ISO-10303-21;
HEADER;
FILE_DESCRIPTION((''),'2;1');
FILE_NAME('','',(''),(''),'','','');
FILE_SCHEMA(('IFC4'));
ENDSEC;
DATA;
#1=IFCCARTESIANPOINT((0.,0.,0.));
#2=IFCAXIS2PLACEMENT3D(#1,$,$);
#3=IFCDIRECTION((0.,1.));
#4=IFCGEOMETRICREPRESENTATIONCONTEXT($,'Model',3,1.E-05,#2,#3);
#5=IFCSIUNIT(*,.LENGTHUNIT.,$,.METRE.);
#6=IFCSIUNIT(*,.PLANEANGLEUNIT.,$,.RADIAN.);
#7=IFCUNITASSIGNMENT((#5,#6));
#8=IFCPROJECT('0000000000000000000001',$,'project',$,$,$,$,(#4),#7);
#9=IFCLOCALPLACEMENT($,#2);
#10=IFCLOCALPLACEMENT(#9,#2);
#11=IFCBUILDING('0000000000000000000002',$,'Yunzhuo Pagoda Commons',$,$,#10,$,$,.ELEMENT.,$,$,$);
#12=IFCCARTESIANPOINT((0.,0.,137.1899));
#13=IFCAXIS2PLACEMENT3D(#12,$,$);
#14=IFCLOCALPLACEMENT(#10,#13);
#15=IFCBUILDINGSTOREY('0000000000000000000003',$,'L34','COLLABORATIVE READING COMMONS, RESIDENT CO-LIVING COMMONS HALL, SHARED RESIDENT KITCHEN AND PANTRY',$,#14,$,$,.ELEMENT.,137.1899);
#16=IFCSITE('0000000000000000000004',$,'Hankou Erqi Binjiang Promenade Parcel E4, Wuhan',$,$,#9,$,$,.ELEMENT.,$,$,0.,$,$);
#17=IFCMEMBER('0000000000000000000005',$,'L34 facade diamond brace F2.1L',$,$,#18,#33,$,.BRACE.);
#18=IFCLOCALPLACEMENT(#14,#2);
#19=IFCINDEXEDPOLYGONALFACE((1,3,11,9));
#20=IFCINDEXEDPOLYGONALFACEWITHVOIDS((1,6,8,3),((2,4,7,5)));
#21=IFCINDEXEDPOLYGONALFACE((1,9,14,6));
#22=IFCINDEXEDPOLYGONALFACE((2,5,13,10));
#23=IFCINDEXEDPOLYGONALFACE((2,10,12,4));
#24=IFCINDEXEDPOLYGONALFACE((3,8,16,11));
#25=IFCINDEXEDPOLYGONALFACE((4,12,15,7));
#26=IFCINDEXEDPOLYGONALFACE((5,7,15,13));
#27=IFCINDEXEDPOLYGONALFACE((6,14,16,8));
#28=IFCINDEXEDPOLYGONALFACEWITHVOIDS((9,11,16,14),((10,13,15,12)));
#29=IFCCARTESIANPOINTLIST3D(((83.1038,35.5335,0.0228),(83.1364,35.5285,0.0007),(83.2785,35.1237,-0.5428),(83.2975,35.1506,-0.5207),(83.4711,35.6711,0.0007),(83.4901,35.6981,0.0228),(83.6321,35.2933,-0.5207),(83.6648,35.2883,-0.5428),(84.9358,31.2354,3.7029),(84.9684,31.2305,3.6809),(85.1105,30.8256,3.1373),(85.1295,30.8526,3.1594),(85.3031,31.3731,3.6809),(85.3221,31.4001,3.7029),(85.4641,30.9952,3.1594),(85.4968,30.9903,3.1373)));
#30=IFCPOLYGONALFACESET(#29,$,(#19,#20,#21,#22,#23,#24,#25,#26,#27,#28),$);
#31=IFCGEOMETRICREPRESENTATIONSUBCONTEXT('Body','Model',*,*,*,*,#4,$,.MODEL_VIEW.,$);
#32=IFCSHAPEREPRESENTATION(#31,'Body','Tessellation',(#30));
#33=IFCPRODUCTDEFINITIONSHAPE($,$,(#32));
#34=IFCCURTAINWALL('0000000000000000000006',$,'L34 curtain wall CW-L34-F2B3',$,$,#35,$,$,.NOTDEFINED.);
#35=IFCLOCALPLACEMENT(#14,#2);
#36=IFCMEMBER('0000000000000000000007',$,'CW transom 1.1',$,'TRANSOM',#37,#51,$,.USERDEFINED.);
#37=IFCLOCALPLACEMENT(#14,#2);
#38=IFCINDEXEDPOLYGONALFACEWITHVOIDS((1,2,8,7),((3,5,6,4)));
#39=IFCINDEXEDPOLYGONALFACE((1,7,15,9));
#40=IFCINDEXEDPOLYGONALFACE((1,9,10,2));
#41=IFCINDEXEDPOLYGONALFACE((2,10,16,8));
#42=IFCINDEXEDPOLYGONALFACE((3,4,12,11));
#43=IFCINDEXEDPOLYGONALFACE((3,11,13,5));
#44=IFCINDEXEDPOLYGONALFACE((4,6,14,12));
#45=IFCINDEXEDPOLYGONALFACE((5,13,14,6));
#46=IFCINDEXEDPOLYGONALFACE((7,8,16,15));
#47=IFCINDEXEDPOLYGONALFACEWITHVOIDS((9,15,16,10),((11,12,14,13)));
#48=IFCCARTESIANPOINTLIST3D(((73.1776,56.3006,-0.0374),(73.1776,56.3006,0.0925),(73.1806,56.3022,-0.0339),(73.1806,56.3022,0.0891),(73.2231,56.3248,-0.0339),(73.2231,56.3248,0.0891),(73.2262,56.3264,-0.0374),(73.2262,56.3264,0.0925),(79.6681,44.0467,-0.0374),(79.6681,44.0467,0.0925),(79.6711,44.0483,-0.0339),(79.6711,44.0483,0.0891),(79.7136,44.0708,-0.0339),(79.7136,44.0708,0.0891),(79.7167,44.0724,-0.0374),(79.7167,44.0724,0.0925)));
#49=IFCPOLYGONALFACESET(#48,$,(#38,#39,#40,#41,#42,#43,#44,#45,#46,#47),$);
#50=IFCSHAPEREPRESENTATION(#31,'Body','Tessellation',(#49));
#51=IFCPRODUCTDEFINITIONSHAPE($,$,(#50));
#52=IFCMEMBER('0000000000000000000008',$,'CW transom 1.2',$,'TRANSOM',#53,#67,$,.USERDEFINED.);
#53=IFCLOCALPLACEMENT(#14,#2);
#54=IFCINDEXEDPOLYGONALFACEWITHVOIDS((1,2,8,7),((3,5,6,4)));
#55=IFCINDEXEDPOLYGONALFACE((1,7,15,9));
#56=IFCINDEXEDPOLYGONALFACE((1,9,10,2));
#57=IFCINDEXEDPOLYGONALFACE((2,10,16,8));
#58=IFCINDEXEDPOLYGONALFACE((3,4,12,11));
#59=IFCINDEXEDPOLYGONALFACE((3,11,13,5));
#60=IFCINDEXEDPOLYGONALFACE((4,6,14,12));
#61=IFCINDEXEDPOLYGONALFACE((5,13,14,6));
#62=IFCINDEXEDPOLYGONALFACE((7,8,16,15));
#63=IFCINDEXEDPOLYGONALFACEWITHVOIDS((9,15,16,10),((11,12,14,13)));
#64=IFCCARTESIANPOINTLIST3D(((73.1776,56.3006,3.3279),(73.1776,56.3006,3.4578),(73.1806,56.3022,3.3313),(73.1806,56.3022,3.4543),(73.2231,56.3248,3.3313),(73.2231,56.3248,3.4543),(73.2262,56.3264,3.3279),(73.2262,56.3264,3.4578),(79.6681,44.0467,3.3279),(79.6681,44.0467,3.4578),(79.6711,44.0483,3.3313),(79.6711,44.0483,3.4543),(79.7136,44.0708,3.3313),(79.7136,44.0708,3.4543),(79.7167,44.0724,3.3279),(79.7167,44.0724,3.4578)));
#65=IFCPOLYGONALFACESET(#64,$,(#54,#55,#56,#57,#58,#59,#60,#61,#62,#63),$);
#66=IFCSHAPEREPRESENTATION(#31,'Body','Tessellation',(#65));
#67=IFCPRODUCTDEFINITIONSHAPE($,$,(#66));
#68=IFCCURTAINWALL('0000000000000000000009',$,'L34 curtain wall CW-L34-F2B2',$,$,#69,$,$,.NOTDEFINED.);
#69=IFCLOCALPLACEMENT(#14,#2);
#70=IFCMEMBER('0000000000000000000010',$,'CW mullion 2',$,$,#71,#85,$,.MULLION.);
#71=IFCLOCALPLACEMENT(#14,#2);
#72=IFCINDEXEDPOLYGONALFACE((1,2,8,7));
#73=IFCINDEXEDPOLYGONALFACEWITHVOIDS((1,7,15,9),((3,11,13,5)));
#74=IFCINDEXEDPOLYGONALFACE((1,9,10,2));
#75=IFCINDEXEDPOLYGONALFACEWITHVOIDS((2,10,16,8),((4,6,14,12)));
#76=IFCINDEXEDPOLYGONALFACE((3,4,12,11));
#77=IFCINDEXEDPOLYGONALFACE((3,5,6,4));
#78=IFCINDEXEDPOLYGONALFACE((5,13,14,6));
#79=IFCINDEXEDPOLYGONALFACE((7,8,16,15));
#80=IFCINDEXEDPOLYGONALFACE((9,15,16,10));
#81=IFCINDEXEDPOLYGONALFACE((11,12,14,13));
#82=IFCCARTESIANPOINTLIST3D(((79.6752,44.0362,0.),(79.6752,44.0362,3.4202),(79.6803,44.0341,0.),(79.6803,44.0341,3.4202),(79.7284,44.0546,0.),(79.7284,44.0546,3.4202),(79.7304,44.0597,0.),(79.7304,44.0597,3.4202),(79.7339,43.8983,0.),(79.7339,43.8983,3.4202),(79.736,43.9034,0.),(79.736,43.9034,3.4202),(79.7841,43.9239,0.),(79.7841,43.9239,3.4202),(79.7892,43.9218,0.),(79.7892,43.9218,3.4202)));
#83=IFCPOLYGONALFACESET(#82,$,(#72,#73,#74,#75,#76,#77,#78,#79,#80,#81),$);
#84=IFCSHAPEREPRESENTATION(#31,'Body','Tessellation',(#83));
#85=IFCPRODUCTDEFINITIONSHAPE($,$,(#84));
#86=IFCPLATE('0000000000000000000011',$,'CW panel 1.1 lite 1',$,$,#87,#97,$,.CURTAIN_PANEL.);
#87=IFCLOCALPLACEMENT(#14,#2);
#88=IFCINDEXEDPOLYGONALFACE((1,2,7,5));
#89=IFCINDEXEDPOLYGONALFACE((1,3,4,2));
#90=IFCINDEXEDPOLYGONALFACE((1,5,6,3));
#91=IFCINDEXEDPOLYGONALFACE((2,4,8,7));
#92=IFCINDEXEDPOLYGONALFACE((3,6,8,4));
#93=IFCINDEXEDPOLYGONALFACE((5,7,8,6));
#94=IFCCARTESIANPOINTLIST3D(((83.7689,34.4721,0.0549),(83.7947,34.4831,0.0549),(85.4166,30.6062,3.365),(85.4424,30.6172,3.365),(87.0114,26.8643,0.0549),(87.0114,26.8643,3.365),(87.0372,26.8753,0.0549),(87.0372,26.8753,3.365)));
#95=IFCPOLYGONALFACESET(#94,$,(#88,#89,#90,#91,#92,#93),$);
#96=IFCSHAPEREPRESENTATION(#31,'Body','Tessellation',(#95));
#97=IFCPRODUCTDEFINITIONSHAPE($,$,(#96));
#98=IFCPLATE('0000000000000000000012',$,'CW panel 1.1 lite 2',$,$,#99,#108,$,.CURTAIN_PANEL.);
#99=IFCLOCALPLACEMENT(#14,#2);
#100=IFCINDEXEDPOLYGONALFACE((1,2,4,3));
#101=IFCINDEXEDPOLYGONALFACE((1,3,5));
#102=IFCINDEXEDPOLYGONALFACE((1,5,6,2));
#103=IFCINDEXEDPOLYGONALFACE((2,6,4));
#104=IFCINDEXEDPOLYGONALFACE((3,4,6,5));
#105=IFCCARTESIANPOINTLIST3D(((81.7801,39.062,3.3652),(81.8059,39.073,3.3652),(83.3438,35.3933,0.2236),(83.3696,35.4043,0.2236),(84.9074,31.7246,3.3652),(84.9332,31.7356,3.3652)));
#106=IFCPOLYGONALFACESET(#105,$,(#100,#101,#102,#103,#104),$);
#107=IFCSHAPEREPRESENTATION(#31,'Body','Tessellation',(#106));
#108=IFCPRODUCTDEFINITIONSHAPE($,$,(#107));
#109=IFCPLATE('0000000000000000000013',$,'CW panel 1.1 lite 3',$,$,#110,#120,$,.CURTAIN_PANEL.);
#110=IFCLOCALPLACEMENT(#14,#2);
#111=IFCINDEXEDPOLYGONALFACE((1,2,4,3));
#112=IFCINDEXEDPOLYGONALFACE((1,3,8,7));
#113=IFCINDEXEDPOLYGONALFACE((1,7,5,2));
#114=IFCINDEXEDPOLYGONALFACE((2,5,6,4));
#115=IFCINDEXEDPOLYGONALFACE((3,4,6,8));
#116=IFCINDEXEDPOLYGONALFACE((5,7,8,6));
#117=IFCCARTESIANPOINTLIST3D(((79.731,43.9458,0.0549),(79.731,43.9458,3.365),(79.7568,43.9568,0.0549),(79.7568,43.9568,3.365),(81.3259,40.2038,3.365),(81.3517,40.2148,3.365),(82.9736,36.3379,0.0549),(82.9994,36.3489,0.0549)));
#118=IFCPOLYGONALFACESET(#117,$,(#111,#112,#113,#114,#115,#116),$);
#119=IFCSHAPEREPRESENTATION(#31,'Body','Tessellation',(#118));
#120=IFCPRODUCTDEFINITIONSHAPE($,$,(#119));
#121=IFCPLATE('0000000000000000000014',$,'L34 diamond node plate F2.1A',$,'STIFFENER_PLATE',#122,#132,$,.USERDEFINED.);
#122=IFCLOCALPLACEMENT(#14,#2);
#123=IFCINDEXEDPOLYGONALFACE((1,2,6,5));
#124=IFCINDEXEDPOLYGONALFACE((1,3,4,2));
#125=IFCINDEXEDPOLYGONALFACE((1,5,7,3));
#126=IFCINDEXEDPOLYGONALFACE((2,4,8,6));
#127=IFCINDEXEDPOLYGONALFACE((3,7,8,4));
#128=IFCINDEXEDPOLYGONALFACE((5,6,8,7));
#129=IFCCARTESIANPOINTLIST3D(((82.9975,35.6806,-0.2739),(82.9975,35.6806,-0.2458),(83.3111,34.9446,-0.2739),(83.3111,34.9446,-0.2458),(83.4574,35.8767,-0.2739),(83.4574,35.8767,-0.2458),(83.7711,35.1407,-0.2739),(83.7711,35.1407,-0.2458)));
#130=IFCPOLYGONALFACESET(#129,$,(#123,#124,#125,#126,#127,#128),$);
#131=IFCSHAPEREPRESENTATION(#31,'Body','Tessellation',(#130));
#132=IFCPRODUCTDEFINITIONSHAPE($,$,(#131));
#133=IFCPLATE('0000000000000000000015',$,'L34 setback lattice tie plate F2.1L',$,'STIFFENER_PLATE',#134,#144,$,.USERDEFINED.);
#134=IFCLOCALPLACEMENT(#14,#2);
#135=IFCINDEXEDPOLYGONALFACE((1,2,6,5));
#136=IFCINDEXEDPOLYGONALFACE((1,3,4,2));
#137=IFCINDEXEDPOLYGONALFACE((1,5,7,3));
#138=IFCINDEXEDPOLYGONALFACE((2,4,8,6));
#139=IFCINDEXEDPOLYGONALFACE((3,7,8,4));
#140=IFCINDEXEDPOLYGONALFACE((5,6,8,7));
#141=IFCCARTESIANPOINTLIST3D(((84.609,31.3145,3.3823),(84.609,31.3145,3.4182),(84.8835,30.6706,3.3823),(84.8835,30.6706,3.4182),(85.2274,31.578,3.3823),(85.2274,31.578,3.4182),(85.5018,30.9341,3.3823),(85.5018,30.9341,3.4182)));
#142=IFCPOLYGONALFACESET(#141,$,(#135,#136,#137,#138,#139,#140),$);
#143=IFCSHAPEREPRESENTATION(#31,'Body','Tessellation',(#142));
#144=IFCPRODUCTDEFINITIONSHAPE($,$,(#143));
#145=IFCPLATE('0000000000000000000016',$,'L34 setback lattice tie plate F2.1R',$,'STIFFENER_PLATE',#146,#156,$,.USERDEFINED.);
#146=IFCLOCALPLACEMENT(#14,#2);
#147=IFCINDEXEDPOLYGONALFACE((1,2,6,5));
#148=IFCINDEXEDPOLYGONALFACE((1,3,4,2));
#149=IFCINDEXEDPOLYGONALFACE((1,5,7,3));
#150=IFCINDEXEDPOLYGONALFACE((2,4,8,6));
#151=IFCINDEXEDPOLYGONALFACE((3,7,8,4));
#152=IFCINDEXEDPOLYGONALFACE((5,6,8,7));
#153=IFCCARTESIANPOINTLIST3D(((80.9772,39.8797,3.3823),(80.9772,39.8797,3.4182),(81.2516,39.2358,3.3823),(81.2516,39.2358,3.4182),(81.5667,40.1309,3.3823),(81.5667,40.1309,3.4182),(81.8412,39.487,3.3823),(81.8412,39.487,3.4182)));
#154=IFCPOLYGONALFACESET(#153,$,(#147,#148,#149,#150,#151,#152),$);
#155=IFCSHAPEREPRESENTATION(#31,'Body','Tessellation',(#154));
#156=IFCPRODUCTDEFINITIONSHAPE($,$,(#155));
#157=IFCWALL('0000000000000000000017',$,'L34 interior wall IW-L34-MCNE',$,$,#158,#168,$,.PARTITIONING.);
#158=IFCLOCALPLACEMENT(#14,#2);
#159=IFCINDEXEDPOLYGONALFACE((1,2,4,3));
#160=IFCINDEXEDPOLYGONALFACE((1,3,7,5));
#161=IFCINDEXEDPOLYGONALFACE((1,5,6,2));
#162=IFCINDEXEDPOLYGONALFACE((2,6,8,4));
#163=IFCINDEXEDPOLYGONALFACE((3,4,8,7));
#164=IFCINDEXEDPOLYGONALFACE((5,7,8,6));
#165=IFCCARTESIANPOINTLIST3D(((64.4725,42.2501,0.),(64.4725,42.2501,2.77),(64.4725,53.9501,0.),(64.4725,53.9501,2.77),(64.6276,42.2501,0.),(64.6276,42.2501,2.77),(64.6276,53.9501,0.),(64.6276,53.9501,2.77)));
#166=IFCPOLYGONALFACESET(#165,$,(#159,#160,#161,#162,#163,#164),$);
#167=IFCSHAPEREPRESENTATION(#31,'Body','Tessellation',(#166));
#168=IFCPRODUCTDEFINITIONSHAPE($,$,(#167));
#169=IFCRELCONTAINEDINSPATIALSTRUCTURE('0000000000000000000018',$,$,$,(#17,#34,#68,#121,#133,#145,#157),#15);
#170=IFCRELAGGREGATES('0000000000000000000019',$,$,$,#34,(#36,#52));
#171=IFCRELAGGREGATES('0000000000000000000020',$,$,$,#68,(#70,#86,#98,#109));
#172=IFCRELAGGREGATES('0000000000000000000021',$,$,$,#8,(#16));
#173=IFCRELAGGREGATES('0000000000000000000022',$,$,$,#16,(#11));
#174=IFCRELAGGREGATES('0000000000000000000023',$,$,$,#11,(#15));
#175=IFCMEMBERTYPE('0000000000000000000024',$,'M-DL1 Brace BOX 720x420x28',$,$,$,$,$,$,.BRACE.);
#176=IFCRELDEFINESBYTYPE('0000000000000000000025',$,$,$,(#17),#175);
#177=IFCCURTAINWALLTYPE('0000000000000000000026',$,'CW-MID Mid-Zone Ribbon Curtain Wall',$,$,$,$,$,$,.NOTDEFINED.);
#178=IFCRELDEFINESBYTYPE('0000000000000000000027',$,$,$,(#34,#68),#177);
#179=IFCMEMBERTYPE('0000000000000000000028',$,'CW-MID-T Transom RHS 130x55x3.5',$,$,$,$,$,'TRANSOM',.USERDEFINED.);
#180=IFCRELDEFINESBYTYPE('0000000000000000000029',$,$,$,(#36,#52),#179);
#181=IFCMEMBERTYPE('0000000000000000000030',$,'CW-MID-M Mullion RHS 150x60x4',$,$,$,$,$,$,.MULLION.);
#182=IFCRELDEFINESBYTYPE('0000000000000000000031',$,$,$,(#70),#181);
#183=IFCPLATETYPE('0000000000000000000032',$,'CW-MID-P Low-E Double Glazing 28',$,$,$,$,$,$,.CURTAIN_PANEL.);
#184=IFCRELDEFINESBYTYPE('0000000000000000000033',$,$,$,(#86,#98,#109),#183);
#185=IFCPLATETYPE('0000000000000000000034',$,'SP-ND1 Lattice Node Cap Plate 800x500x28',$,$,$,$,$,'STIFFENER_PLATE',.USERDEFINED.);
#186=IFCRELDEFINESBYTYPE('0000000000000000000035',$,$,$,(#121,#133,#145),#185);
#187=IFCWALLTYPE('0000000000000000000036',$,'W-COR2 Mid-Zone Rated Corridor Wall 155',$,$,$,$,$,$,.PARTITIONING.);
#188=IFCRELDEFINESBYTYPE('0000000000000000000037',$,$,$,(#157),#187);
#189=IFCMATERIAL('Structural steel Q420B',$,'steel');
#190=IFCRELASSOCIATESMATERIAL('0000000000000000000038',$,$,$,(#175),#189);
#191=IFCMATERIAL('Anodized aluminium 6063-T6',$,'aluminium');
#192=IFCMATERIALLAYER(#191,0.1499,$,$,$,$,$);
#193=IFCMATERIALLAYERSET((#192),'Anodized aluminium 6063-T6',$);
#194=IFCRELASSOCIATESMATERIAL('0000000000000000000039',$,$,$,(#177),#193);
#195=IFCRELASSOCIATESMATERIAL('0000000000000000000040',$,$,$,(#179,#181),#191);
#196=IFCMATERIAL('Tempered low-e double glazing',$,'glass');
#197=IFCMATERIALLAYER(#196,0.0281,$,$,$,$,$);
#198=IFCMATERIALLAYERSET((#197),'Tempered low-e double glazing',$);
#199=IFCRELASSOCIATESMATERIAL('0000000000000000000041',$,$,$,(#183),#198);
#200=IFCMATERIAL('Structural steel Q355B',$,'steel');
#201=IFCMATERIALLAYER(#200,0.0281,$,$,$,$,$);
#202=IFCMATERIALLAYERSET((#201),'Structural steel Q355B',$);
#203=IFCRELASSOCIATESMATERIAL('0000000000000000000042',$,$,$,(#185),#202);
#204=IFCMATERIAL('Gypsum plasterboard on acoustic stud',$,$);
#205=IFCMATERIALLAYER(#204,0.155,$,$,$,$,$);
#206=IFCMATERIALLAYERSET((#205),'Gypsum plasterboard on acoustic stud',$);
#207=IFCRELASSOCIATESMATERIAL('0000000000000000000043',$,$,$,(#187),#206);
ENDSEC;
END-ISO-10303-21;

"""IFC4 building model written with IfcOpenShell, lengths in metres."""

from ifc_helpers import new_model, si_unit, direction, frame, frame_2d, origin, origin_2d, place, context, subcontext, project, spatial, polyline, rectangle, hollow_rectangle, outline, extrude, source, transform, mapped, material, layer, layer_set, material_profile, profile_set, type_object, element, aggregate, save


model = new_model("IFC4")

# Units and contexts
model_context = context("Model", 3, precision=1e-05, world=origin(), true_north=direction((0.0, 1.0)))
body_context = subcontext(model_context, "Body", "Model", "MODEL_VIEW")
ifc_project = project(units=[si_unit("LENGTHUNIT", "METRE"), si_unit("PLANEANGLEUNIT", "RADIAN")], contexts=[model_context])

# Site, building, storey
site_placement = place(None, origin())
site = spatial("IfcSite", under=ifc_project, at=site_placement, Name="Hankou Erqi Binjiang Promenade Parcel E4, Wuhan", CompositionType="ELEMENT", RefElevation=0.0)
building_placement = place(site_placement, origin())
building = spatial("IfcBuilding", under=site, at=building_placement, Name="Yunzhuo Pagoda Commons", CompositionType="ELEMENT")
storey_placement = place(building_placement, frame((0.0, 0.0, 137.1899)))
storey = spatial("IfcBuildingStorey", under=building, at=storey_placement, Name="L34", Description="COLLABORATIVE READING COMMONS, RESIDENT CO-LIVING COMMONS HALL, SHARED RESIDENT KITCHEN AND PANTRY", CompositionType="ELEMENT", Elevation=137.1899)

# Shared definitions
ifc_material_1 = material(Name="Structural steel Q420B", Category="steel")

# Shared definitions
ifc_material_2 = material(Name="Structural steel Q355B", Category="steel")

# Member
ifc_material_profile_1 = material_profile(ifc_material_1, hollow_rectangle(XDim=0.4199, YDim=0.72, WallThickness=0.0281, at=origin_2d()), Name="Structural steel Q420B")
ifc_profile_set_1 = profile_set([ifc_material_profile_1], Name="Structural steel Q420B")
member_type_1 = type_object("IfcMemberType", Name="M-DL1 Brace BOX 720x420x28", PredefinedType="BRACE", material=ifc_profile_set_1)
shared_shape_1 = source(origin(), body_context, "Body", "SweptSolid", [
    extrude(hollow_rectangle(XDim=0.4199, YDim=0.72, WallThickness=0.0281, at=origin_2d()), origin(), (0.0, 0.0, 1.0), 5.9475),
])
member_1_placement = place(storey_placement, frame((83.3843, 35.4109, -0.26), z_axis=(0.30803, -0.722663, 0.618769), x_axis=(0.919919, 0.392109, 0.0)))
element("IfcMember", 1, at=member_1_placement, inside=storey, type_object=member_type_1, Name="L34 facade diamond brace F2.1L", PredefinedType="BRACE", context=body_context, shape_type="MappedRepresentation", body=[
    mapped(shared_shape_1, transform((0.0, 0.0, 0.0), scale=1.0)),
])

# Curtain wall, members
ifc_material_3 = material(Name="Anodized aluminium 6063-T6", Category="aluminium")
ifc_layer_1 = layer(ifc_material_3, 0.1499)
ifc_layer_set_1 = layer_set([ifc_layer_1], Name="Anodized aluminium 6063-T6")
curtain_wall_type = type_object("IfcCurtainWallType", Name="CW-MID Mid-Zone Ribbon Curtain Wall", PredefinedType="NOTDEFINED", material=ifc_layer_set_1)
curtain_wall_1_placement = place(storey_placement, origin())
curtain_wall_1 = element("IfcCurtainWall", 2, at=curtain_wall_1_placement, inside=storey, type_object=curtain_wall_type, Name="L34 curtain wall CW-L34-F2B3", PredefinedType="NOTDEFINED")
ifc_material_profile_2 = material_profile(ifc_material_3, hollow_rectangle(XDim=0.0549, YDim=0.1299, WallThickness=0.0034, at=origin_2d()), Name="Anodized aluminium 6063-T6")
ifc_profile_set_2 = profile_set([ifc_material_profile_2], Name="Anodized aluminium 6063-T6")
member_type_2 = type_object("IfcMemberType", Name="CW-MID-T Transom RHS 130x55x3.5", ElementType="TRANSOM", PredefinedType="USERDEFINED", material=ifc_profile_set_2)
shared_shape_2 = source(origin(), body_context, "Body", "SweptSolid", [
    extrude(hollow_rectangle(XDim=0.0549, YDim=0.1299, WallThickness=0.0034, at=origin_2d()), origin(), (0.0, 0.0, 1.0), 13.8667),
])
member_2_placement = place(storey_placement, frame((79.6924, 44.0596, 0.0276), z_axis=(-0.468063, 0.883695, 0.0), x_axis=(-0.883695, -0.468063, 0.0)))
member_2 = element("IfcMember", 3, at=member_2_placement, type_object=member_type_2, Name="CW transom 1.1", ObjectType="TRANSOM", PredefinedType="USERDEFINED", context=body_context, shape_type="MappedRepresentation", body=[
    mapped(shared_shape_2, transform((0.0, 0.0, 0.0), scale=1.0)),
])
member_3_placement = place(storey_placement, frame((79.6924, 44.0596, 3.3928), z_axis=(-0.468063, 0.883695, 0.0), x_axis=(-0.883695, -0.468063, 0.0)))
member_3 = element("IfcMember", 4, at=member_3_placement, type_object=member_type_2, Name="CW transom 1.2", ObjectType="TRANSOM", PredefinedType="USERDEFINED", context=body_context, shape_type="MappedRepresentation", body=[
    mapped(shared_shape_2, transform((0.0, 0.0, 0.0), scale=1.0)),
])
aggregate(curtain_wall_1, [member_2, member_3])

# Curtain wall, member, plates
curtain_wall_2_placement = place(storey_placement, origin())
curtain_wall_2 = element("IfcCurtainWall", 5, at=curtain_wall_2_placement, inside=storey, type_object=curtain_wall_type, Name="L34 curtain wall CW-L34-F2B2", PredefinedType="NOTDEFINED")
ifc_material_profile_3 = material_profile(ifc_material_3, hollow_rectangle(XDim=0.0601, YDim=0.1499, WallThickness=0.0039, at=origin_2d()), Name="Anodized aluminium 6063-T6")
ifc_profile_set_3 = profile_set([ifc_material_profile_3], Name="Anodized aluminium 6063-T6")
member_type_3 = type_object("IfcMemberType", Name="CW-MID-M Mullion RHS 150x60x4", PredefinedType="MULLION", material=ifc_profile_set_3)
shared_shape_3 = source(origin(), body_context, "Body", "SweptSolid", [
    extrude(hollow_rectangle(XDim=0.0601, YDim=0.1499, WallThickness=0.0039, at=origin_2d()), origin(), (0.0, 0.0, 1.0), 3.4202),
])
member_4_placement = place(storey_placement, frame((79.7322, 43.979, 0.0), z_axis=(0.0, 0.0, 1.0), x_axis=(-0.919928, -0.392087, 0.0)))
member_4 = element("IfcMember", 6, at=member_4_placement, type_object=member_type_3, Name="CW mullion 2", PredefinedType="MULLION", context=body_context, shape_type="MappedRepresentation", body=[
    mapped(shared_shape_3, transform((0.0, 0.0, 0.0), scale=1.0)),
])
ifc_material_4 = material(Name="Tempered low-e double glazing", Category="glass")
ifc_layer_2 = layer(ifc_material_4, 0.0281)
ifc_layer_set_2 = layer_set([ifc_layer_2], Name="Tempered low-e double glazing")
plate_type_1 = type_object("IfcPlateType", Name="CW-MID-P Low-E Double Glazing 28", PredefinedType="CURTAIN_PANEL", material=ifc_layer_set_2)
plate_1_placement = place(storey_placement, frame((85.3901, 30.6682, 1.71), z_axis=(0.919928, 0.392087, 0.0), x_axis=(-0.392087, 0.919928, 0.0)))
plate_1 = element("IfcPlate", 7, at=plate_1_placement, type_object=plate_type_1, Name="CW panel 1.1 lite 1", PredefinedType="CURTAIN_PANEL", context=body_context, shape_type="SweptSolid", body=[
    extrude(outline(polyline([(-4.135, -1.655), (4.135, -1.655), (-0.0674, 1.655), (-4.135, 1.655), (-4.135, -1.655)])), origin(), (0.0, 0.0, 1.0), 0.0281),
])
plate_2_placement = place(storey_placement, frame((83.3438, 35.3933, 1.7944), z_axis=(0.919928, 0.392087, 0.0), x_axis=(-0.392087, 0.919928, 0.0)))
plate_2 = element("IfcPlate", 8, at=plate_2_placement, type_object=plate_type_1, Name="CW panel 1.1 lite 2", PredefinedType="CURTAIN_PANEL", context=body_context, shape_type="SweptSolid", body=[
    extrude(outline(polyline([(-3.988, 1.5708), (0.0, -1.5708), (3.988, 1.5708), (-3.988, 1.5708)])), origin(), (0.0, 0.0, 1.0), 0.0281),
])
plate_3_placement = place(storey_placement, frame((81.3523, 40.1418, 1.71), z_axis=(0.919928, 0.392087, 0.0), x_axis=(-0.392087, 0.919928, 0.0)))
plate_3 = element("IfcPlate", 9, at=plate_3_placement, type_object=plate_type_1, Name="CW panel 1.1 lite 3", PredefinedType="CURTAIN_PANEL", context=body_context, shape_type="SweptSolid", body=[
    extrude(outline(polyline([(-4.135, -1.655), (4.135, -1.655), (4.135, 1.655), (0.0674, 1.655), (-4.135, -1.655)])), origin(), (0.0, 0.0, 1.0), 0.0281),
])
aggregate(curtain_wall_2, [member_4, plate_1, plate_2, plate_3])

# Plates
ifc_layer_3 = layer(ifc_material_2, 0.0281)
ifc_layer_set_3 = layer_set([ifc_layer_3], Name="Structural steel Q355B")
plate_type_2 = type_object("IfcPlateType", Name="SP-ND1 Lattice Node Cap Plate 800x500x28", ElementType="STIFFENER_PLATE", PredefinedType="USERDEFINED", material=ifc_layer_set_3)
shared_shape_4 = source(origin(), body_context, "Body", "SweptSolid", [
    extrude(rectangle(XDim=0.8, YDim=0.5, at=origin_2d()), origin(), (0.0, 0.0, 1.0), 0.0281),
])
plate_4_placement = place(storey_placement, frame((83.3843, 35.4106, -0.2739), z_axis=(0.0, 0.0, 1.0), x_axis=(-0.39208, 0.919931, 0.0)))
element("IfcPlate", 10, at=plate_4_placement, inside=storey, type_object=plate_type_2, Name="L34 diamond node plate F2.1A", ObjectType="STIFFENER_PLATE", PredefinedType="USERDEFINED", context=body_context, shape_type="MappedRepresentation", body=[
    mapped(shared_shape_4, transform((0.0, 0.0, 0.0), scale=1.0)),
])
shared_shape_5 = source(origin(), body_context, "Body", "SweptSolid", [
    extrude(rectangle(XDim=0.7, YDim=0.6721, at=origin_2d()), origin(), (0.0, 0.0, 1.0), 0.0359),
])
plate_5_placement = place(storey_placement, frame((85.0554, 31.1243, 3.3823), z_axis=(0.0, 0.0, 1.0), x_axis=(-0.39208, 0.919931, 0.0)))
element("IfcPlate", 11, at=plate_5_placement, inside=storey, type_object=plate_type_2, Name="L34 setback lattice tie plate F2.1L", ObjectType="STIFFENER_PLATE", PredefinedType="USERDEFINED", context=body_context, shape_type="MappedRepresentation", body=[
    mapped(shared_shape_5, transform((0.0, 0.0, 0.0), scale=1.0)),
])
shared_shape_6 = source(origin(), body_context, "Body", "SweptSolid", [
    extrude(rectangle(XDim=0.7, YDim=0.6409, at=origin_2d()), origin(), (0.0, 0.0, 1.0), 0.0359),
])
plate_6_placement = place(storey_placement, frame((81.4092, 39.6833, 3.3823), z_axis=(0.0, 0.0, 1.0), x_axis=(-0.39208, 0.919931, 0.0)))
element("IfcPlate", 12, at=plate_6_placement, inside=storey, type_object=plate_type_2, Name="L34 setback lattice tie plate F2.1R", ObjectType="STIFFENER_PLATE", PredefinedType="USERDEFINED", context=body_context, shape_type="MappedRepresentation", body=[
    mapped(shared_shape_6, transform((0.0, 0.0, 0.0), scale=1.0)),
])

# Wall
ifc_material_5 = material(Name="Gypsum plasterboard on acoustic stud")
ifc_layer_4 = layer(ifc_material_5, 0.155)
ifc_layer_set_4 = layer_set([ifc_layer_4], Name="Gypsum plasterboard on acoustic stud")
wall_type_1 = type_object("IfcWallType", Name="W-COR2 Mid-Zone Rated Corridor Wall 155", PredefinedType="PARTITIONING", material=ifc_layer_set_4)
wall_1_placement = place(storey_placement, frame((64.55, 42.25, 0.0), z_axis=(0.0, 0.0, 1.0), x_axis=(0.0, 1.0, 0.0)))
element("IfcWall", 13, at=wall_1_placement, inside=storey, type_object=wall_type_1, Name="L34 interior wall IW-L34-MCNE", PredefinedType="PARTITIONING", context=body_context, shape_type="SweptSolid", body=[
    extrude(rectangle(XDim=11.7, YDim=0.155, at=frame_2d((5.8501, 0.0))), origin(), (0.0, 0.0, 1.0), 2.77),
])

save(model, "model.ifc")
